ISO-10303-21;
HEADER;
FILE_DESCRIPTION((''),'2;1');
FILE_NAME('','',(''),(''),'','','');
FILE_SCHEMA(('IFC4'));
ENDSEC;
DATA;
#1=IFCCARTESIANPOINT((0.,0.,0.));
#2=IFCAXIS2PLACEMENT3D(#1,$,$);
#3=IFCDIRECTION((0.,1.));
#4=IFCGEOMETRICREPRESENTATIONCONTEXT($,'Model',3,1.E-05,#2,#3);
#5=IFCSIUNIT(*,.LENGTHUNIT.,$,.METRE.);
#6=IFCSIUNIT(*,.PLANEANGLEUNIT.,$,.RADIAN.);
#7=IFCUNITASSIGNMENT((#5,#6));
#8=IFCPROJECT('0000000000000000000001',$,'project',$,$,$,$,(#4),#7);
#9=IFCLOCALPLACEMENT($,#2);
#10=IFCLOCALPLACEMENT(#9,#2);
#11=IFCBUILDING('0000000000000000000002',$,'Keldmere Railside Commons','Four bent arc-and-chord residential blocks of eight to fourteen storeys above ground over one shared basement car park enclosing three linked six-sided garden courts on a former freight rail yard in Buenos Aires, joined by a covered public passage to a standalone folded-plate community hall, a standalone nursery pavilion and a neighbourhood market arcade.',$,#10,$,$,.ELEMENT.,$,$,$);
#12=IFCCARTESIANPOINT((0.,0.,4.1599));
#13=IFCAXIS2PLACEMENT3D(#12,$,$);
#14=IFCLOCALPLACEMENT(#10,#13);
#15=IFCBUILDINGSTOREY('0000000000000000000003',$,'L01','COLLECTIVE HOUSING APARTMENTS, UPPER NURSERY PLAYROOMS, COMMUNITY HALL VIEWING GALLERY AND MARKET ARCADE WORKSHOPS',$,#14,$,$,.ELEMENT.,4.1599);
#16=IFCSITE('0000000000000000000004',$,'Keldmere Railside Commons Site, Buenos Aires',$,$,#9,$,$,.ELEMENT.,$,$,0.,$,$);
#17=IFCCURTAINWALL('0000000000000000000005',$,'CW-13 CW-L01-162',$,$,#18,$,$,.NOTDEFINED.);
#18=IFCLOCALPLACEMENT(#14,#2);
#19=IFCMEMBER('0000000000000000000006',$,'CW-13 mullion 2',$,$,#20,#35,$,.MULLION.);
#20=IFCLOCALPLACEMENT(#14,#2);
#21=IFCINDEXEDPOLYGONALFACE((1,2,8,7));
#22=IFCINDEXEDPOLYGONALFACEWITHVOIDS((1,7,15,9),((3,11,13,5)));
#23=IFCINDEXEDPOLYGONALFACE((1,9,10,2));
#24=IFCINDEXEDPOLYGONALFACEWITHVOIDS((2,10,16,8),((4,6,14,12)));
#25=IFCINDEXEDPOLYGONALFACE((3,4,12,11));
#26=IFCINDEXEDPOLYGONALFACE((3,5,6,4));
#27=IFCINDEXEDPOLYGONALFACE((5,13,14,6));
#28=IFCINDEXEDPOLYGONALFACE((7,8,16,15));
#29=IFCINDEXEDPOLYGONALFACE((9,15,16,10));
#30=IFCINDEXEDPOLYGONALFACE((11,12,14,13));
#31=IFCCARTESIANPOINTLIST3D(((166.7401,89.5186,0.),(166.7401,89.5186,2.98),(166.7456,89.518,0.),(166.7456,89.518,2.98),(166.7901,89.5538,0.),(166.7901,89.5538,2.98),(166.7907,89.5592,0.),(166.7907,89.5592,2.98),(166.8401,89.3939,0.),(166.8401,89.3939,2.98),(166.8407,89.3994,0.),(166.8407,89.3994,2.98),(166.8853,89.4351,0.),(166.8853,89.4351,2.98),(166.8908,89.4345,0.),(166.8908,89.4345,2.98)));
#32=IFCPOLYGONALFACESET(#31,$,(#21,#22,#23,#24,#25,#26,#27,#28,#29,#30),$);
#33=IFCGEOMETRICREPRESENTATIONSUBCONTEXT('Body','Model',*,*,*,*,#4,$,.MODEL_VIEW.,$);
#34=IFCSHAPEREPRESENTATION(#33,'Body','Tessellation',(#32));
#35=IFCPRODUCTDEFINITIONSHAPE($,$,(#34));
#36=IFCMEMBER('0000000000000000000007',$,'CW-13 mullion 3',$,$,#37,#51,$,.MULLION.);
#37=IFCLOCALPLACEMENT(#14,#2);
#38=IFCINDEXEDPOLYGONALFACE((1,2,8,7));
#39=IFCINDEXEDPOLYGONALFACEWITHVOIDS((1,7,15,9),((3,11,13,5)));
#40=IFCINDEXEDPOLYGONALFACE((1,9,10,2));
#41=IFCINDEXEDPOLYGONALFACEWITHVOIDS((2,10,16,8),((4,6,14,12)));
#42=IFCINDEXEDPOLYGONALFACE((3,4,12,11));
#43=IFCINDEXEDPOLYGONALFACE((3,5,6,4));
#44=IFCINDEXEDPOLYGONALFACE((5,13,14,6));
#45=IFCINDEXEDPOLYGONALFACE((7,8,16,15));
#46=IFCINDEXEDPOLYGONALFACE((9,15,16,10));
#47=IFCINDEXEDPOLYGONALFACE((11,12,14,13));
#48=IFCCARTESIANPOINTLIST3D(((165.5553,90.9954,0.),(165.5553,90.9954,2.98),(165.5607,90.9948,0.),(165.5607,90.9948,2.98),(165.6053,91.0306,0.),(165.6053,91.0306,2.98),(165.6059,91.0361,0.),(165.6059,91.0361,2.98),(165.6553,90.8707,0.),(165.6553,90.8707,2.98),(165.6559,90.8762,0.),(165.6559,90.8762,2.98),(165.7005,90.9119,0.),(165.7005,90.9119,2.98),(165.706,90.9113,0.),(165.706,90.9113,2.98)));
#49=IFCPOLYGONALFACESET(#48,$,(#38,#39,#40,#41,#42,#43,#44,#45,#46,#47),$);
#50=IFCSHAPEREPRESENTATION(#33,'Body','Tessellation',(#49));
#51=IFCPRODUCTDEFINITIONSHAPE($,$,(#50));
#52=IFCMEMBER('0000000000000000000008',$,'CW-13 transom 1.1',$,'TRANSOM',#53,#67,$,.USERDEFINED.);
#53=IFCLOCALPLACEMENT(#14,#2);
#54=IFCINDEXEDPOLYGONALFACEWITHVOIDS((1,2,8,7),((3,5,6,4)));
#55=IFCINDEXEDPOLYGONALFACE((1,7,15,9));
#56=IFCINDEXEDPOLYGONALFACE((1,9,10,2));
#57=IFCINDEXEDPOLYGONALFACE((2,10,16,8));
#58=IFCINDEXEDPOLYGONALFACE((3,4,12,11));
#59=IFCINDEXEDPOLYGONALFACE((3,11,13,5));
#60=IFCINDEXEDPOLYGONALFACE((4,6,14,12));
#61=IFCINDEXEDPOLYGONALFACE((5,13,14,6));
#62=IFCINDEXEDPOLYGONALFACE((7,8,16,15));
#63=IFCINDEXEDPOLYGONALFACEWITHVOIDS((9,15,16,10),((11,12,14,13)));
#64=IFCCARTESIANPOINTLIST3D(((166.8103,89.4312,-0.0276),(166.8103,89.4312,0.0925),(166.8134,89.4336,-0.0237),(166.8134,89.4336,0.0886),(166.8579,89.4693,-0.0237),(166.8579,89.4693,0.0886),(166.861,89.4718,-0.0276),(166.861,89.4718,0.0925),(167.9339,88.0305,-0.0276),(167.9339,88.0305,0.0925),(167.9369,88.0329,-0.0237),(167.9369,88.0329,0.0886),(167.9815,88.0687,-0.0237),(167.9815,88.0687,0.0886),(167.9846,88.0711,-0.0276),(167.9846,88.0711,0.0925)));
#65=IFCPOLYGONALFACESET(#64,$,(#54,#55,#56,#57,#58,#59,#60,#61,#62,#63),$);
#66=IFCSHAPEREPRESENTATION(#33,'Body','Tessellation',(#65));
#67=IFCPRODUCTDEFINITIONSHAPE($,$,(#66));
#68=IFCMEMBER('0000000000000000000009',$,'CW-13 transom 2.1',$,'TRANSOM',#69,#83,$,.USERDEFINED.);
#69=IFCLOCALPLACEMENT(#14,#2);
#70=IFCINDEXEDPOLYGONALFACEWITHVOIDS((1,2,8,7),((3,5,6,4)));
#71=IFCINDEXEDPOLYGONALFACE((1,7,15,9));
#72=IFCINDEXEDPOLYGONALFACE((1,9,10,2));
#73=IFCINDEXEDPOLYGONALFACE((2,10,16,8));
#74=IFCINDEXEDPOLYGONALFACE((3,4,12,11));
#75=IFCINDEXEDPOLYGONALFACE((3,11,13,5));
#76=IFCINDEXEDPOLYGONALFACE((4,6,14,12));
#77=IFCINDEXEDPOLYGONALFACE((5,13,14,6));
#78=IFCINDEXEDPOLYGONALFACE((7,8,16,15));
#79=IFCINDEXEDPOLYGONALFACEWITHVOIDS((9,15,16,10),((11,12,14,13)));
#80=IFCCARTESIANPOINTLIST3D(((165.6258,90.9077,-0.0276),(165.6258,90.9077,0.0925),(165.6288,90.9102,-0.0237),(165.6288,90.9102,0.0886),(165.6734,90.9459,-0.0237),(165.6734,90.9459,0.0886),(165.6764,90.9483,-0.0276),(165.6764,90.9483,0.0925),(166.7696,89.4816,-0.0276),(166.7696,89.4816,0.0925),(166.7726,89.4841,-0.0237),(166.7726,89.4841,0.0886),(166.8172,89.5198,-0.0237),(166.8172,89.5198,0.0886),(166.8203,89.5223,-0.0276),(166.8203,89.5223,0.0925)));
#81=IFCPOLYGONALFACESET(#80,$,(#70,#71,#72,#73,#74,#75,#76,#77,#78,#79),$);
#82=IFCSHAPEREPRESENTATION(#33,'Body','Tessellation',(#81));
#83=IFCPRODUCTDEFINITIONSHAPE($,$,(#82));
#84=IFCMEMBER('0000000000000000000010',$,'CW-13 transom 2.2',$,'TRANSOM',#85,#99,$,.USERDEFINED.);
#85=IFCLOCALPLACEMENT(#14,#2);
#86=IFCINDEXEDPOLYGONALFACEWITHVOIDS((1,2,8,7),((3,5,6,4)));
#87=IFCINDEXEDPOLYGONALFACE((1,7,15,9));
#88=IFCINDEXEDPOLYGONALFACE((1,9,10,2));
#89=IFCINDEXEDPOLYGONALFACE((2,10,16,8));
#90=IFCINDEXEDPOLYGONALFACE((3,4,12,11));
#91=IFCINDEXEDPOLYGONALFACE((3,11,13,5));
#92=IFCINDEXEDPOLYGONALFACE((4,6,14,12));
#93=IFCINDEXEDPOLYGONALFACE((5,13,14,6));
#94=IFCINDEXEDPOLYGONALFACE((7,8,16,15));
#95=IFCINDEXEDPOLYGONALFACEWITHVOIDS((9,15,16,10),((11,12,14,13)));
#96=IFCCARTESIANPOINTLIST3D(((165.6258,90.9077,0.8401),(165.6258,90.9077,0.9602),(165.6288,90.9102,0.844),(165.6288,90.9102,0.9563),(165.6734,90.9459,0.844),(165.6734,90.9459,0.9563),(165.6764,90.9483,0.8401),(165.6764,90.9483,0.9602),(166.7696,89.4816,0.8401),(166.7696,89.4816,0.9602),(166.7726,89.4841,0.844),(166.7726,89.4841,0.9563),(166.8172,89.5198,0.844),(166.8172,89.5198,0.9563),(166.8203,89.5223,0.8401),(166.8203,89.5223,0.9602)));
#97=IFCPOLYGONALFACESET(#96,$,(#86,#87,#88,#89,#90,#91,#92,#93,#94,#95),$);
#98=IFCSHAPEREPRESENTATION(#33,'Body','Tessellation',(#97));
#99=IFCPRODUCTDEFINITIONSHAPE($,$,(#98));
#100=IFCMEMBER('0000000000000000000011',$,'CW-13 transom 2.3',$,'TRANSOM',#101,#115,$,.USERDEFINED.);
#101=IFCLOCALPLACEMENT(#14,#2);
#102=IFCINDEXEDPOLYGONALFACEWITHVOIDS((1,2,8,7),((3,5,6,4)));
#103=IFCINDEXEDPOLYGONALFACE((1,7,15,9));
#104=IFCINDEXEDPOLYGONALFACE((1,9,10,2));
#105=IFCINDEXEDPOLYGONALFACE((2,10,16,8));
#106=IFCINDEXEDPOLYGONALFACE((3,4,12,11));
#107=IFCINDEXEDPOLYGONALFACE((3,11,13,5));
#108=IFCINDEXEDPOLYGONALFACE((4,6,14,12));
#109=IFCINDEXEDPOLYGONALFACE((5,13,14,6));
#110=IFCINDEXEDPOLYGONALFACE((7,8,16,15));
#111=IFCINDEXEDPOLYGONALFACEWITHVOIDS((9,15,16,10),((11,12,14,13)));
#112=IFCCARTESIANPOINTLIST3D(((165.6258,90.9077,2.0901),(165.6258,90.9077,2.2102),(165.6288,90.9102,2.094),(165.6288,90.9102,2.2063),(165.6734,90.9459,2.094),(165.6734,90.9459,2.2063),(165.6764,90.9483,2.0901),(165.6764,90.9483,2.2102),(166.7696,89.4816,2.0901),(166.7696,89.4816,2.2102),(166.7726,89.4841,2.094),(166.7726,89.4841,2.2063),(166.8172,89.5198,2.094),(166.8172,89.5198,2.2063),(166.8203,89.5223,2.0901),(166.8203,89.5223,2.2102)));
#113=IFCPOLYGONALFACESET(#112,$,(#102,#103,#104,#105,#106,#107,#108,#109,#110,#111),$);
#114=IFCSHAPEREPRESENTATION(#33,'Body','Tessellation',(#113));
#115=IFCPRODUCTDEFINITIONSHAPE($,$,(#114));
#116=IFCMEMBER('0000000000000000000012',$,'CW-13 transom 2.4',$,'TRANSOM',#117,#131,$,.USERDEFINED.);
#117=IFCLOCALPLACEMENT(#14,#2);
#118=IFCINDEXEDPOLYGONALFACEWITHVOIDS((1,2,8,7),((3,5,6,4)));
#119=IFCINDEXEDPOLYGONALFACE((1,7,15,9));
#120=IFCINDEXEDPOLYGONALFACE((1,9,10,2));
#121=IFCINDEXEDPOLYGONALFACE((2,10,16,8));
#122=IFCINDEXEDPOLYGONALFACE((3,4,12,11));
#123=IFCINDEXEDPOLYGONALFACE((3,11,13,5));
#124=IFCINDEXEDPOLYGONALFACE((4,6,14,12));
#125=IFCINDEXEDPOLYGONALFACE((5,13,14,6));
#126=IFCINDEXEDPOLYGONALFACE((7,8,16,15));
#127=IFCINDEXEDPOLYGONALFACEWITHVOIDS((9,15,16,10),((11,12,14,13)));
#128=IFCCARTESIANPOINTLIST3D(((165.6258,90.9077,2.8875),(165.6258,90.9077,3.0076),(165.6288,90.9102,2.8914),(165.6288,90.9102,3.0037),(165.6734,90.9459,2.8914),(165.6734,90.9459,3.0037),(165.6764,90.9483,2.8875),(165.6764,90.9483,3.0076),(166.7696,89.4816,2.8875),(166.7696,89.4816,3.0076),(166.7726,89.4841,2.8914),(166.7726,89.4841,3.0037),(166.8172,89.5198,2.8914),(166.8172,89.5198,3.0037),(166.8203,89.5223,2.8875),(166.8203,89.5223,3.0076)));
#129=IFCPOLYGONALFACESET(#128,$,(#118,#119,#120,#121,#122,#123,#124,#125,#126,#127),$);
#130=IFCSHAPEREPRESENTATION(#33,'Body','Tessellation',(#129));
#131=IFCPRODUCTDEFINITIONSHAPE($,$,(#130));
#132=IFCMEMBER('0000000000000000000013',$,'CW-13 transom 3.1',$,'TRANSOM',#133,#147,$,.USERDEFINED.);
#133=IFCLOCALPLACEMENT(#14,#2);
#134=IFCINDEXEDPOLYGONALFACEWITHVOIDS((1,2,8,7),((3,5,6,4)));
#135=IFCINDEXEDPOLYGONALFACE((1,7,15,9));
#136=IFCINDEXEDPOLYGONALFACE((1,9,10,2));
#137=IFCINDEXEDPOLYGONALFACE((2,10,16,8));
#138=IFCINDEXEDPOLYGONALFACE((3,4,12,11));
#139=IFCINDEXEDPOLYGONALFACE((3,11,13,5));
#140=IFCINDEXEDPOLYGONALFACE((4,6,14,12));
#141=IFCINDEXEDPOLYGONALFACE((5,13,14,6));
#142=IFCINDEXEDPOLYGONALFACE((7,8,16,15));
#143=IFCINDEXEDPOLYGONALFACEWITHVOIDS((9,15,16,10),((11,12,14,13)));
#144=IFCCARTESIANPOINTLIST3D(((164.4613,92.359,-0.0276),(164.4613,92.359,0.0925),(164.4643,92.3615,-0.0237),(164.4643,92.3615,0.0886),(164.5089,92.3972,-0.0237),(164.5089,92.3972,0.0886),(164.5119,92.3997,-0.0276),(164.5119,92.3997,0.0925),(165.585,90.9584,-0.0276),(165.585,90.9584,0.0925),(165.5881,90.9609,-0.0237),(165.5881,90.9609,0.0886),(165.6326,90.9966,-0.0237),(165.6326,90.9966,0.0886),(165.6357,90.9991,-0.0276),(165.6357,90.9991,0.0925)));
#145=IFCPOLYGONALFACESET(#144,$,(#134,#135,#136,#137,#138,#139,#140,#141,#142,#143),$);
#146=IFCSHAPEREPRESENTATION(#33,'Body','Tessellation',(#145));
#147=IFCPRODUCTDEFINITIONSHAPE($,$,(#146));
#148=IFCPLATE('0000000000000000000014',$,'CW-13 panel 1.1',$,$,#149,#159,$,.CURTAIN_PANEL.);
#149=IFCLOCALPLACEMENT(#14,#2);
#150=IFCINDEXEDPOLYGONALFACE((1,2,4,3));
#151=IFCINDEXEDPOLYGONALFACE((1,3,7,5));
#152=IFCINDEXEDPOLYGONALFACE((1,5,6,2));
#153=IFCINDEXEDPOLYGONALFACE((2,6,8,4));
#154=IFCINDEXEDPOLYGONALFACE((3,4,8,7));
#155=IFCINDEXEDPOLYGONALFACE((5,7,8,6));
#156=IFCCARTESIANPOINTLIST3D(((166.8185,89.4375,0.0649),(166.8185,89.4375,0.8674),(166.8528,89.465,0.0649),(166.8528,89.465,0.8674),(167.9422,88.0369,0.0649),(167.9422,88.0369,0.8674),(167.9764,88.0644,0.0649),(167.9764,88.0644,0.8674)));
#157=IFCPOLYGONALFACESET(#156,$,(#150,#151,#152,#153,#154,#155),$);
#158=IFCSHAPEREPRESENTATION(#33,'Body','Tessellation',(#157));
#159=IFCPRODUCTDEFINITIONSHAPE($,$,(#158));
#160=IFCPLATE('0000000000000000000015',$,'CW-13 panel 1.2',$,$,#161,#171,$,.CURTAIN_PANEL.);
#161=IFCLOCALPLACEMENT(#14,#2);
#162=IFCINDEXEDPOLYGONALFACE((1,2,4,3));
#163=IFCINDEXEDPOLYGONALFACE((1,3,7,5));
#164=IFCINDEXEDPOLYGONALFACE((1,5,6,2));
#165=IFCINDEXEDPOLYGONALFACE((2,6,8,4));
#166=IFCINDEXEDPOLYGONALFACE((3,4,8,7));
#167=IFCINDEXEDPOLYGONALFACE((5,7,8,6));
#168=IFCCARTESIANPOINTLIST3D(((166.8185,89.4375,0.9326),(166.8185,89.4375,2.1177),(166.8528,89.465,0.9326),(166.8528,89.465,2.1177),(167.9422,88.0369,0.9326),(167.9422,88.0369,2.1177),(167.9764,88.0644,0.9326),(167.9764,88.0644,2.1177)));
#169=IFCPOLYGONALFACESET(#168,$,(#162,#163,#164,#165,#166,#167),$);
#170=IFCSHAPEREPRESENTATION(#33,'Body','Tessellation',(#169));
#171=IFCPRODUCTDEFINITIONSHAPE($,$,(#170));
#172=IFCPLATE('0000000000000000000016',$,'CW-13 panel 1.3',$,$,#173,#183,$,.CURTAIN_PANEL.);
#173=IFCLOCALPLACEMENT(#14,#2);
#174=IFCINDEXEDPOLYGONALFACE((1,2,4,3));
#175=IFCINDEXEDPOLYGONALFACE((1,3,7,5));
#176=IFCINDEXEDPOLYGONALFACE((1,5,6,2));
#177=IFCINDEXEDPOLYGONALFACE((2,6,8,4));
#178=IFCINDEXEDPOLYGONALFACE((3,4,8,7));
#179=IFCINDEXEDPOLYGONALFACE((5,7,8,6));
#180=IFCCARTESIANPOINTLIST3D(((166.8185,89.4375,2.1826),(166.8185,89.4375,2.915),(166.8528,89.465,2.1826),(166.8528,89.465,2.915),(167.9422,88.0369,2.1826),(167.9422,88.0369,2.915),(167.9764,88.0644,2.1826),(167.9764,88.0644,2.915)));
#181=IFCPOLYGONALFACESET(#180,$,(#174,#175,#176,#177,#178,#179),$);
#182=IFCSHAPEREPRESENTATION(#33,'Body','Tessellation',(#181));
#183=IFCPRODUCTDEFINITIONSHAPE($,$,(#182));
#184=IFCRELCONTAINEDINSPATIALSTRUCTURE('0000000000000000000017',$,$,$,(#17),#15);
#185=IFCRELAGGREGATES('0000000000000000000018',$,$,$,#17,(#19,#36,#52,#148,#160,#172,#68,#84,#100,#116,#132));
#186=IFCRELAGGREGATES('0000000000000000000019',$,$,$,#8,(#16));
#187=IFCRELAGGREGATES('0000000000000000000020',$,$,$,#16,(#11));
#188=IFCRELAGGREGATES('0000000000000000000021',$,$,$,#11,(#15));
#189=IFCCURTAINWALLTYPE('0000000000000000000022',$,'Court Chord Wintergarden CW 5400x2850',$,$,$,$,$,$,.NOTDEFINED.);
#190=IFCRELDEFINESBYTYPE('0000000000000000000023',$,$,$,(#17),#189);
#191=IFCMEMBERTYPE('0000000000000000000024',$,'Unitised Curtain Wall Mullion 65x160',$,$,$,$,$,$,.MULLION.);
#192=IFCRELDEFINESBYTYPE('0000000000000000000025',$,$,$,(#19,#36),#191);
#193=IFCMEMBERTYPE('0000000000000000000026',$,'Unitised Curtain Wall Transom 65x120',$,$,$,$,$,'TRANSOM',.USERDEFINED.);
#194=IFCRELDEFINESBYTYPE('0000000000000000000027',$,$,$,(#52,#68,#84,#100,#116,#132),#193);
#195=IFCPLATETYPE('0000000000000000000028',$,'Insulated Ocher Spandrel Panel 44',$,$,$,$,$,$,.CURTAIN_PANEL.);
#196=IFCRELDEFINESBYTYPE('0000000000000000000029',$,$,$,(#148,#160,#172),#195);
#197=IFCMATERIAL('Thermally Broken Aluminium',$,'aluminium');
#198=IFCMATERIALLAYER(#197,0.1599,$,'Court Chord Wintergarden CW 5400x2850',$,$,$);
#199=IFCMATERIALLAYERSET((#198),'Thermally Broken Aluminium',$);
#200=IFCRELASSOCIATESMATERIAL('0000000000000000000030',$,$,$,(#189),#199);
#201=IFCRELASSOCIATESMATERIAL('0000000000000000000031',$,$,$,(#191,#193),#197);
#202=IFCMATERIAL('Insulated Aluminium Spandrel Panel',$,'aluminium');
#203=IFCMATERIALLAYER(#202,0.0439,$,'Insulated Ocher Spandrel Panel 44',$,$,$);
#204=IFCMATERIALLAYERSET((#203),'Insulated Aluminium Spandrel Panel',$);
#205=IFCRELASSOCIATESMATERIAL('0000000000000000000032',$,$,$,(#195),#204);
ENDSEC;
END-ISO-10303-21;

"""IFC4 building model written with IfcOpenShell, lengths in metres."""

from ifc_helpers import new_model, si_unit, direction, frame, origin, origin_2d, place, context, subcontext, project, spatial, rectangle, hollow_rectangle, extrude, material, layer, layer_set, material_profile, profile_set, type_object, element, aggregate, save


model = new_model("IFC4")

# Units and contexts
model_context = context("Model", 3, precision=1e-05, world=origin(), true_north=direction((0.0, 1.0)))
body_context = subcontext(model_context, "Body", "Model", "MODEL_VIEW")
ifc_project = project(units=[si_unit("LENGTHUNIT", "METRE"), si_unit("PLANEANGLEUNIT", "RADIAN")], contexts=[model_context])

# Site, building, storey
site_placement = place(None, origin())
site = spatial("IfcSite", under=ifc_project, at=site_placement, Name="Keldmere Railside Commons Site, Buenos Aires", CompositionType="ELEMENT", RefElevation=0.0)
building_placement = place(site_placement, origin())
building = spatial("IfcBuilding", under=site, at=building_placement, Name="Keldmere Railside Commons", Description="Four bent arc-and-chord residential blocks of eight to fourteen storeys above ground over one shared basement car park enclosing three linked six-sided garden courts on a former freight rail yard in Buenos Aires, joined by a covered public passage to a standalone folded-plate community hall, a standalone nursery pavilion and a neighbourhood market arcade.", CompositionType="ELEMENT")
storey_placement = place(building_placement, frame((0.0, 0.0, 4.1599)))
storey = spatial("IfcBuildingStorey", under=building, at=storey_placement, Name="L01", Description="COLLECTIVE HOUSING APARTMENTS, UPPER NURSERY PLAYROOMS, COMMUNITY HALL VIEWING GALLERY AND MARKET ARCADE WORKSHOPS", CompositionType="ELEMENT", Elevation=4.1599)

# Curtain wall, members, plates
ifc_material_1 = material(Name="Thermally Broken Aluminium", Category="aluminium")
ifc_layer_1 = layer(ifc_material_1, 0.1599, Name="Court Chord Wintergarden CW 5400x2850")
ifc_layer_set_1 = layer_set([ifc_layer_1], Name="Thermally Broken Aluminium")
curtain_wall_type = type_object("IfcCurtainWallType", Name="Court Chord Wintergarden CW 5400x2850", PredefinedType="NOTDEFINED", material=ifc_layer_set_1)
curtain_wall_placement = place(storey_placement, origin())
curtain_wall = element("IfcCurtainWall", 1, at=curtain_wall_placement, inside=storey, type_object=curtain_wall_type, Name="CW-13 CW-L01-162", PredefinedType="NOTDEFINED")
ifc_material_profile_1 = material_profile(ifc_material_1, hollow_rectangle(XDim=0.0649, YDim=0.1599, WallThickness=0.0039, at=origin_2d()), Name="ALU-MULL-65x160")
ifc_profile_set_1 = profile_set([ifc_material_profile_1], Name="Thermally Broken Aluminium")
member_type_1 = type_object("IfcMemberType", Name="Unitised Curtain Wall Mullion 65x160", PredefinedType="MULLION", material=ifc_profile_set_1)
member_1_placement = place(storey_placement, frame((166.8154, 89.4766, 0.0), z_axis=(0.0, 0.0, 1.0), x_axis=(-0.780009, -0.625768, 0.0)))
member_1 = element("IfcMember", 2, at=member_1_placement, type_object=member_type_1, Name="CW-13 mullion 2", PredefinedType="MULLION", context=body_context, shape_type="SweptSolid", body=[
    extrude(hollow_rectangle(XDim=0.0649, YDim=0.1599, WallThickness=0.0039, at=origin_2d()), origin(), (0.0, 0.0, 1.0), 2.98),
])
member_2_placement = place(storey_placement, frame((165.6306, 90.9534, 0.0), z_axis=(0.0, 0.0, 1.0), x_axis=(-0.780009, -0.625768, 0.0)))
member_2 = element("IfcMember", 3, at=member_2_placement, type_object=member_type_1, Name="CW-13 mullion 3", PredefinedType="MULLION", context=body_context, shape_type="SweptSolid", body=[
    extrude(hollow_rectangle(XDim=0.0649, YDim=0.1599, WallThickness=0.0039, at=origin_2d()), origin(), (0.0, 0.0, 1.0), 2.98),
])
ifc_material_profile_2 = material_profile(ifc_material_1, hollow_rectangle(XDim=0.0649, YDim=0.1201, WallThickness=0.0039, at=origin_2d()), Name="ALU-TRAN-65x120")
ifc_profile_set_2 = profile_set([ifc_material_profile_2], Name="Thermally Broken Aluminium")
member_type_2 = type_object("IfcMemberType", Name="Unitised Curtain Wall Transom 65x120", ElementType="TRANSOM", PredefinedType="USERDEFINED", material=ifc_profile_set_2)
member_3_placement = place(storey_placement, frame((167.9592, 88.0508, 0.0325), z_axis=(-0.625723, 0.780046, 0.0), x_axis=(-0.780046, -0.625723, 0.0)))
member_3 = element("IfcMember", 4, at=member_3_placement, type_object=member_type_2, Name="CW-13 transom 1.1", ObjectType="TRANSOM", PredefinedType="USERDEFINED", context=body_context, shape_type="SweptSolid", body=[
    extrude(hollow_rectangle(XDim=0.0649, YDim=0.1201, WallThickness=0.0039, at=origin_2d()), origin(), (0.0, 0.0, 1.0), 1.7957),
])
member_4_placement = place(storey_placement, frame((166.7949, 89.502, 0.0325), z_axis=(-0.625688, 0.780073, 0.0), x_axis=(-0.780073, -0.625688, 0.0)))
member_4 = element("IfcMember", 5, at=member_4_placement, type_object=member_type_2, Name="CW-13 transom 2.1", ObjectType="TRANSOM", PredefinedType="USERDEFINED", context=body_context, shape_type="SweptSolid", body=[
    extrude(hollow_rectangle(XDim=0.0649, YDim=0.1201, WallThickness=0.0039, at=origin_2d()), origin(), (0.0, 0.0, 1.0), 1.8281),
])
member_5_placement = place(storey_placement, frame((166.7949, 89.502, 0.9001), z_axis=(-0.625688, 0.780073, 0.0), x_axis=(-0.780073, -0.625688, 0.0)))
member_5 = element("IfcMember", 6, at=member_5_placement, type_object=member_type_2, Name="CW-13 transom 2.2", ObjectType="TRANSOM", PredefinedType="USERDEFINED", context=body_context, shape_type="SweptSolid", body=[
    extrude(hollow_rectangle(XDim=0.0649, YDim=0.1201, WallThickness=0.0039, at=origin_2d()), origin(), (0.0, 0.0, 1.0), 1.8281),
])
member_6_placement = place(storey_placement, frame((166.7949, 89.502, 2.1501), z_axis=(-0.625688, 0.780073, 0.0), x_axis=(-0.780073, -0.625688, 0.0)))
member_6 = element("IfcMember", 7, at=member_6_placement, type_object=member_type_2, Name="CW-13 transom 2.3", ObjectType="TRANSOM", PredefinedType="USERDEFINED", context=body_context, shape_type="SweptSolid", body=[
    extrude(hollow_rectangle(XDim=0.0649, YDim=0.1201, WallThickness=0.0039, at=origin_2d()), origin(), (0.0, 0.0, 1.0), 1.8281),
])
member_7_placement = place(storey_placement, frame((166.7949, 89.502, 2.9475), z_axis=(-0.625688, 0.780073, 0.0), x_axis=(-0.780073, -0.625688, 0.0)))
member_7 = element("IfcMember", 8, at=member_7_placement, type_object=member_type_2, Name="CW-13 transom 2.4", ObjectType="TRANSOM", PredefinedType="USERDEFINED", context=body_context, shape_type="SweptSolid", body=[
    extrude(hollow_rectangle(XDim=0.0649, YDim=0.1201, WallThickness=0.0039, at=origin_2d()), origin(), (0.0, 0.0, 1.0), 1.8281),
])
member_8_placement = place(storey_placement, frame((165.6104, 90.9788, 0.0325), z_axis=(-0.625805, 0.779979, 0.0), x_axis=(-0.779979, -0.625805, 0.0)))
member_8 = element("IfcMember", 9, at=member_8_placement, type_object=member_type_2, Name="CW-13 transom 3.1", ObjectType="TRANSOM", PredefinedType="USERDEFINED", context=body_context, shape_type="SweptSolid", body=[
    extrude(hollow_rectangle(XDim=0.0649, YDim=0.1201, WallThickness=0.0039, at=origin_2d()), origin(), (0.0, 0.0, 1.0), 1.7957),
])
ifc_material_2 = material(Name="Insulated Aluminium Spandrel Panel", Category="aluminium")
ifc_layer_2 = layer(ifc_material_2, 0.0439, Name="Insulated Ocher Spandrel Panel 44")
ifc_layer_set_2 = layer_set([ifc_layer_2], Name="Insulated Aluminium Spandrel Panel")
plate_type = type_object("IfcPlateType", Name="Insulated Ocher Spandrel Panel 44", PredefinedType="CURTAIN_PANEL", material=ifc_layer_set_2)
plate_1_placement = place(storey_placement, frame((167.3975, 88.751, 0.0649), z_axis=(0.0, 0.0, 1.0), x_axis=(-0.625768, 0.780009, 0.0)))
plate_1 = element("IfcPlate", 10, at=plate_1_placement, type_object=plate_type, Name="CW-13 panel 1.1", PredefinedType="CURTAIN_PANEL", context=body_context, shape_type="SweptSolid", body=[
    extrude(rectangle(XDim=1.7957, YDim=0.0439, at=origin_2d()), origin(), (0.0, 0.0, 1.0), 0.8025),
])
plate_2_placement = place(storey_placement, frame((167.3975, 88.751, 0.9326), z_axis=(0.0, 0.0, 1.0), x_axis=(-0.625768, 0.780009, 0.0)))
plate_2 = element("IfcPlate", 11, at=plate_2_placement, type_object=plate_type, Name="CW-13 panel 1.2", PredefinedType="CURTAIN_PANEL", context=body_context, shape_type="SweptSolid", body=[
    extrude(rectangle(XDim=1.7957, YDim=0.0439, at=origin_2d()), origin(), (0.0, 0.0, 1.0), 1.1851),
])
plate_3_placement = place(storey_placement, frame((167.3975, 88.751, 2.1826), z_axis=(0.0, 0.0, 1.0), x_axis=(-0.625768, 0.780009, 0.0)))
plate_3 = element("IfcPlate", 12, at=plate_3_placement, type_object=plate_type, Name="CW-13 panel 1.3", PredefinedType="CURTAIN_PANEL", context=body_context, shape_type="SweptSolid", body=[
    extrude(rectangle(XDim=1.7957, YDim=0.0439, at=origin_2d()), origin(), (0.0, 0.0, 1.0), 0.7324),
])
aggregate(curtain_wall, [member_1, member_2, member_3, plate_1, plate_2, plate_3, member_4, member_5, member_6, member_7, member_8])

save(model, "model.ifc")
